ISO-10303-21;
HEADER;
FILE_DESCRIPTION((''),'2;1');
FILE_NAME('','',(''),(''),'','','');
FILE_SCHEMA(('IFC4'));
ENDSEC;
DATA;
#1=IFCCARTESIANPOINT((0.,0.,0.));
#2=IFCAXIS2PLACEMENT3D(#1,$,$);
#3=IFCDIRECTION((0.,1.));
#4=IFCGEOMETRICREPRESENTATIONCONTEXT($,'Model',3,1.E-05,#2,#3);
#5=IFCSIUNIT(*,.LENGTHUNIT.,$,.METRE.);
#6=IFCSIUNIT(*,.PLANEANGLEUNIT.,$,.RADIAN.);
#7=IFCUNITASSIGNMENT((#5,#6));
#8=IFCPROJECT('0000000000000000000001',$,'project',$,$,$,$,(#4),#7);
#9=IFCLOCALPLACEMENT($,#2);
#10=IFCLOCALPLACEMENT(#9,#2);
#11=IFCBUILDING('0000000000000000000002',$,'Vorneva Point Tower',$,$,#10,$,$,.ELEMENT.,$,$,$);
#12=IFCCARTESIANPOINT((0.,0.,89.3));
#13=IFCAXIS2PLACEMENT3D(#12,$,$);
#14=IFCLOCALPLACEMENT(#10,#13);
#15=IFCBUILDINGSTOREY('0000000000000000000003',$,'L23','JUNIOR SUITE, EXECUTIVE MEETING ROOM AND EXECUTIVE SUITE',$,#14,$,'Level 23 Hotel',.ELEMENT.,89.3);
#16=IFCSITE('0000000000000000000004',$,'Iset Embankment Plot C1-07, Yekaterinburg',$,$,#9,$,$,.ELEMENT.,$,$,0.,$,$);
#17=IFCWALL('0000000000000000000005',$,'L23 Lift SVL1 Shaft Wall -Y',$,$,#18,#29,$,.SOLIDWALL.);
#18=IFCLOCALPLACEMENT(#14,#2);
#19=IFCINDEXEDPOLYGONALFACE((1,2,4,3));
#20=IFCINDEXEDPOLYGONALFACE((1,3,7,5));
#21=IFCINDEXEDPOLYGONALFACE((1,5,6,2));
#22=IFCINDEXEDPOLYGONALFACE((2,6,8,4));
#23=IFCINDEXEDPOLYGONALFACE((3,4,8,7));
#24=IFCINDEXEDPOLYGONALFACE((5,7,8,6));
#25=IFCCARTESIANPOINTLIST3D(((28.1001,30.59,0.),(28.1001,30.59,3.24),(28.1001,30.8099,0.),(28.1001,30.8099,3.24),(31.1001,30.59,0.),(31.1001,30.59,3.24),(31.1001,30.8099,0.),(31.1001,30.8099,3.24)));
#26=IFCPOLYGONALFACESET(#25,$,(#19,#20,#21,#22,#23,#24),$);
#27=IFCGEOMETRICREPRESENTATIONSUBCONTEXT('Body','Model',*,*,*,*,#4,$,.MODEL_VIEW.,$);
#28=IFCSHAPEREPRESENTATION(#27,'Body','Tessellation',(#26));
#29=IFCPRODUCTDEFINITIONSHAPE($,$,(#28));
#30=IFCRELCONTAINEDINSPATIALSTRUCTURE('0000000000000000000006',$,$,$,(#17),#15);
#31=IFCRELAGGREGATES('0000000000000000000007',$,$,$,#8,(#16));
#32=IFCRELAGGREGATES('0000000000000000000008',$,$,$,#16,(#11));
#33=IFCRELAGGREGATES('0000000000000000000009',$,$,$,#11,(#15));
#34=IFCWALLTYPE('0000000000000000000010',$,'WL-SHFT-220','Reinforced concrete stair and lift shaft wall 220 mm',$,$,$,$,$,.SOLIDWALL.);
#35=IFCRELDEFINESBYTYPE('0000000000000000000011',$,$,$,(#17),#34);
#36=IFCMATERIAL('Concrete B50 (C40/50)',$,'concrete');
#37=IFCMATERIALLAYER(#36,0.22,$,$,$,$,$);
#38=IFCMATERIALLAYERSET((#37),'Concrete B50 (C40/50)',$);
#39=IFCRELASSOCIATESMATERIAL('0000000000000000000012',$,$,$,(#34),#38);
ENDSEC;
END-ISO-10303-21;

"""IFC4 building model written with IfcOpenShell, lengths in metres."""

from ifc_helpers import new_model, si_unit, direction, frame, frame_2d, origin, place, context, subcontext, project, spatial, rectangle, extrude, material, layer, layer_set, type_object, element, save


model = new_model("IFC4")

# Units and contexts
model_context = context("Model", 3, precision=1e-05, world=origin(), true_north=direction((0.0, 1.0)))
body_context = subcontext(model_context, "Body", "Model", "MODEL_VIEW")
ifc_project = project(units=[si_unit("LENGTHUNIT", "METRE"), si_unit("PLANEANGLEUNIT", "RADIAN")], contexts=[model_context])

# Site, building, storey
site_placement = place(None, origin())
site = spatial("IfcSite", under=ifc_project, at=site_placement, Name="Iset Embankment Plot C1-07, Yekaterinburg", CompositionType="ELEMENT", RefElevation=0.0)
building_placement = place(site_placement, origin())
building = spatial("IfcBuilding", under=site, at=building_placement, Name="Vorneva Point Tower", CompositionType="ELEMENT")
storey_placement = place(building_placement, frame((0.0, 0.0, 89.3)))
storey = spatial("IfcBuildingStorey", under=building, at=storey_placement, Name="L23", Description="JUNIOR SUITE, EXECUTIVE MEETING ROOM AND EXECUTIVE SUITE", LongName="Level 23 Hotel", CompositionType="ELEMENT", Elevation=89.3)

# Shared definitions
ifc_material_1 = material(Name="Concrete B50 (C40/50)", Category="concrete")
ifc_layer_1 = layer(ifc_material_1, 0.22)
ifc_layer_set_1 = layer_set([ifc_layer_1], Name="Concrete B50 (C40/50)")
wall_type_1 = type_object("IfcWallType", Name="WL-SHFT-220", Description="Reinforced concrete stair and lift shaft wall 220 mm", PredefinedType="SOLIDWALL", material=ifc_layer_set_1)

# Wall
wall_1_placement = place(storey_placement, frame((28.1001, 30.7, 0.0), z_axis=(0.0, 0.0, 1.0), x_axis=(1.0, 0.0, 0.0)))
element("IfcWall", 1, at=wall_1_placement, inside=storey, type_object=wall_type_1, Name="L23 Lift SVL1 Shaft Wall -Y", PredefinedType="SOLIDWALL", context=body_context, shape_type="SweptSolid", body=[
    extrude(rectangle(XDim=3.0, YDim=0.22, at=frame_2d((1.5, 0.0))), origin(), (0.0, 0.0, 1.0), 3.24),
])

save(model, "model.ifc")
